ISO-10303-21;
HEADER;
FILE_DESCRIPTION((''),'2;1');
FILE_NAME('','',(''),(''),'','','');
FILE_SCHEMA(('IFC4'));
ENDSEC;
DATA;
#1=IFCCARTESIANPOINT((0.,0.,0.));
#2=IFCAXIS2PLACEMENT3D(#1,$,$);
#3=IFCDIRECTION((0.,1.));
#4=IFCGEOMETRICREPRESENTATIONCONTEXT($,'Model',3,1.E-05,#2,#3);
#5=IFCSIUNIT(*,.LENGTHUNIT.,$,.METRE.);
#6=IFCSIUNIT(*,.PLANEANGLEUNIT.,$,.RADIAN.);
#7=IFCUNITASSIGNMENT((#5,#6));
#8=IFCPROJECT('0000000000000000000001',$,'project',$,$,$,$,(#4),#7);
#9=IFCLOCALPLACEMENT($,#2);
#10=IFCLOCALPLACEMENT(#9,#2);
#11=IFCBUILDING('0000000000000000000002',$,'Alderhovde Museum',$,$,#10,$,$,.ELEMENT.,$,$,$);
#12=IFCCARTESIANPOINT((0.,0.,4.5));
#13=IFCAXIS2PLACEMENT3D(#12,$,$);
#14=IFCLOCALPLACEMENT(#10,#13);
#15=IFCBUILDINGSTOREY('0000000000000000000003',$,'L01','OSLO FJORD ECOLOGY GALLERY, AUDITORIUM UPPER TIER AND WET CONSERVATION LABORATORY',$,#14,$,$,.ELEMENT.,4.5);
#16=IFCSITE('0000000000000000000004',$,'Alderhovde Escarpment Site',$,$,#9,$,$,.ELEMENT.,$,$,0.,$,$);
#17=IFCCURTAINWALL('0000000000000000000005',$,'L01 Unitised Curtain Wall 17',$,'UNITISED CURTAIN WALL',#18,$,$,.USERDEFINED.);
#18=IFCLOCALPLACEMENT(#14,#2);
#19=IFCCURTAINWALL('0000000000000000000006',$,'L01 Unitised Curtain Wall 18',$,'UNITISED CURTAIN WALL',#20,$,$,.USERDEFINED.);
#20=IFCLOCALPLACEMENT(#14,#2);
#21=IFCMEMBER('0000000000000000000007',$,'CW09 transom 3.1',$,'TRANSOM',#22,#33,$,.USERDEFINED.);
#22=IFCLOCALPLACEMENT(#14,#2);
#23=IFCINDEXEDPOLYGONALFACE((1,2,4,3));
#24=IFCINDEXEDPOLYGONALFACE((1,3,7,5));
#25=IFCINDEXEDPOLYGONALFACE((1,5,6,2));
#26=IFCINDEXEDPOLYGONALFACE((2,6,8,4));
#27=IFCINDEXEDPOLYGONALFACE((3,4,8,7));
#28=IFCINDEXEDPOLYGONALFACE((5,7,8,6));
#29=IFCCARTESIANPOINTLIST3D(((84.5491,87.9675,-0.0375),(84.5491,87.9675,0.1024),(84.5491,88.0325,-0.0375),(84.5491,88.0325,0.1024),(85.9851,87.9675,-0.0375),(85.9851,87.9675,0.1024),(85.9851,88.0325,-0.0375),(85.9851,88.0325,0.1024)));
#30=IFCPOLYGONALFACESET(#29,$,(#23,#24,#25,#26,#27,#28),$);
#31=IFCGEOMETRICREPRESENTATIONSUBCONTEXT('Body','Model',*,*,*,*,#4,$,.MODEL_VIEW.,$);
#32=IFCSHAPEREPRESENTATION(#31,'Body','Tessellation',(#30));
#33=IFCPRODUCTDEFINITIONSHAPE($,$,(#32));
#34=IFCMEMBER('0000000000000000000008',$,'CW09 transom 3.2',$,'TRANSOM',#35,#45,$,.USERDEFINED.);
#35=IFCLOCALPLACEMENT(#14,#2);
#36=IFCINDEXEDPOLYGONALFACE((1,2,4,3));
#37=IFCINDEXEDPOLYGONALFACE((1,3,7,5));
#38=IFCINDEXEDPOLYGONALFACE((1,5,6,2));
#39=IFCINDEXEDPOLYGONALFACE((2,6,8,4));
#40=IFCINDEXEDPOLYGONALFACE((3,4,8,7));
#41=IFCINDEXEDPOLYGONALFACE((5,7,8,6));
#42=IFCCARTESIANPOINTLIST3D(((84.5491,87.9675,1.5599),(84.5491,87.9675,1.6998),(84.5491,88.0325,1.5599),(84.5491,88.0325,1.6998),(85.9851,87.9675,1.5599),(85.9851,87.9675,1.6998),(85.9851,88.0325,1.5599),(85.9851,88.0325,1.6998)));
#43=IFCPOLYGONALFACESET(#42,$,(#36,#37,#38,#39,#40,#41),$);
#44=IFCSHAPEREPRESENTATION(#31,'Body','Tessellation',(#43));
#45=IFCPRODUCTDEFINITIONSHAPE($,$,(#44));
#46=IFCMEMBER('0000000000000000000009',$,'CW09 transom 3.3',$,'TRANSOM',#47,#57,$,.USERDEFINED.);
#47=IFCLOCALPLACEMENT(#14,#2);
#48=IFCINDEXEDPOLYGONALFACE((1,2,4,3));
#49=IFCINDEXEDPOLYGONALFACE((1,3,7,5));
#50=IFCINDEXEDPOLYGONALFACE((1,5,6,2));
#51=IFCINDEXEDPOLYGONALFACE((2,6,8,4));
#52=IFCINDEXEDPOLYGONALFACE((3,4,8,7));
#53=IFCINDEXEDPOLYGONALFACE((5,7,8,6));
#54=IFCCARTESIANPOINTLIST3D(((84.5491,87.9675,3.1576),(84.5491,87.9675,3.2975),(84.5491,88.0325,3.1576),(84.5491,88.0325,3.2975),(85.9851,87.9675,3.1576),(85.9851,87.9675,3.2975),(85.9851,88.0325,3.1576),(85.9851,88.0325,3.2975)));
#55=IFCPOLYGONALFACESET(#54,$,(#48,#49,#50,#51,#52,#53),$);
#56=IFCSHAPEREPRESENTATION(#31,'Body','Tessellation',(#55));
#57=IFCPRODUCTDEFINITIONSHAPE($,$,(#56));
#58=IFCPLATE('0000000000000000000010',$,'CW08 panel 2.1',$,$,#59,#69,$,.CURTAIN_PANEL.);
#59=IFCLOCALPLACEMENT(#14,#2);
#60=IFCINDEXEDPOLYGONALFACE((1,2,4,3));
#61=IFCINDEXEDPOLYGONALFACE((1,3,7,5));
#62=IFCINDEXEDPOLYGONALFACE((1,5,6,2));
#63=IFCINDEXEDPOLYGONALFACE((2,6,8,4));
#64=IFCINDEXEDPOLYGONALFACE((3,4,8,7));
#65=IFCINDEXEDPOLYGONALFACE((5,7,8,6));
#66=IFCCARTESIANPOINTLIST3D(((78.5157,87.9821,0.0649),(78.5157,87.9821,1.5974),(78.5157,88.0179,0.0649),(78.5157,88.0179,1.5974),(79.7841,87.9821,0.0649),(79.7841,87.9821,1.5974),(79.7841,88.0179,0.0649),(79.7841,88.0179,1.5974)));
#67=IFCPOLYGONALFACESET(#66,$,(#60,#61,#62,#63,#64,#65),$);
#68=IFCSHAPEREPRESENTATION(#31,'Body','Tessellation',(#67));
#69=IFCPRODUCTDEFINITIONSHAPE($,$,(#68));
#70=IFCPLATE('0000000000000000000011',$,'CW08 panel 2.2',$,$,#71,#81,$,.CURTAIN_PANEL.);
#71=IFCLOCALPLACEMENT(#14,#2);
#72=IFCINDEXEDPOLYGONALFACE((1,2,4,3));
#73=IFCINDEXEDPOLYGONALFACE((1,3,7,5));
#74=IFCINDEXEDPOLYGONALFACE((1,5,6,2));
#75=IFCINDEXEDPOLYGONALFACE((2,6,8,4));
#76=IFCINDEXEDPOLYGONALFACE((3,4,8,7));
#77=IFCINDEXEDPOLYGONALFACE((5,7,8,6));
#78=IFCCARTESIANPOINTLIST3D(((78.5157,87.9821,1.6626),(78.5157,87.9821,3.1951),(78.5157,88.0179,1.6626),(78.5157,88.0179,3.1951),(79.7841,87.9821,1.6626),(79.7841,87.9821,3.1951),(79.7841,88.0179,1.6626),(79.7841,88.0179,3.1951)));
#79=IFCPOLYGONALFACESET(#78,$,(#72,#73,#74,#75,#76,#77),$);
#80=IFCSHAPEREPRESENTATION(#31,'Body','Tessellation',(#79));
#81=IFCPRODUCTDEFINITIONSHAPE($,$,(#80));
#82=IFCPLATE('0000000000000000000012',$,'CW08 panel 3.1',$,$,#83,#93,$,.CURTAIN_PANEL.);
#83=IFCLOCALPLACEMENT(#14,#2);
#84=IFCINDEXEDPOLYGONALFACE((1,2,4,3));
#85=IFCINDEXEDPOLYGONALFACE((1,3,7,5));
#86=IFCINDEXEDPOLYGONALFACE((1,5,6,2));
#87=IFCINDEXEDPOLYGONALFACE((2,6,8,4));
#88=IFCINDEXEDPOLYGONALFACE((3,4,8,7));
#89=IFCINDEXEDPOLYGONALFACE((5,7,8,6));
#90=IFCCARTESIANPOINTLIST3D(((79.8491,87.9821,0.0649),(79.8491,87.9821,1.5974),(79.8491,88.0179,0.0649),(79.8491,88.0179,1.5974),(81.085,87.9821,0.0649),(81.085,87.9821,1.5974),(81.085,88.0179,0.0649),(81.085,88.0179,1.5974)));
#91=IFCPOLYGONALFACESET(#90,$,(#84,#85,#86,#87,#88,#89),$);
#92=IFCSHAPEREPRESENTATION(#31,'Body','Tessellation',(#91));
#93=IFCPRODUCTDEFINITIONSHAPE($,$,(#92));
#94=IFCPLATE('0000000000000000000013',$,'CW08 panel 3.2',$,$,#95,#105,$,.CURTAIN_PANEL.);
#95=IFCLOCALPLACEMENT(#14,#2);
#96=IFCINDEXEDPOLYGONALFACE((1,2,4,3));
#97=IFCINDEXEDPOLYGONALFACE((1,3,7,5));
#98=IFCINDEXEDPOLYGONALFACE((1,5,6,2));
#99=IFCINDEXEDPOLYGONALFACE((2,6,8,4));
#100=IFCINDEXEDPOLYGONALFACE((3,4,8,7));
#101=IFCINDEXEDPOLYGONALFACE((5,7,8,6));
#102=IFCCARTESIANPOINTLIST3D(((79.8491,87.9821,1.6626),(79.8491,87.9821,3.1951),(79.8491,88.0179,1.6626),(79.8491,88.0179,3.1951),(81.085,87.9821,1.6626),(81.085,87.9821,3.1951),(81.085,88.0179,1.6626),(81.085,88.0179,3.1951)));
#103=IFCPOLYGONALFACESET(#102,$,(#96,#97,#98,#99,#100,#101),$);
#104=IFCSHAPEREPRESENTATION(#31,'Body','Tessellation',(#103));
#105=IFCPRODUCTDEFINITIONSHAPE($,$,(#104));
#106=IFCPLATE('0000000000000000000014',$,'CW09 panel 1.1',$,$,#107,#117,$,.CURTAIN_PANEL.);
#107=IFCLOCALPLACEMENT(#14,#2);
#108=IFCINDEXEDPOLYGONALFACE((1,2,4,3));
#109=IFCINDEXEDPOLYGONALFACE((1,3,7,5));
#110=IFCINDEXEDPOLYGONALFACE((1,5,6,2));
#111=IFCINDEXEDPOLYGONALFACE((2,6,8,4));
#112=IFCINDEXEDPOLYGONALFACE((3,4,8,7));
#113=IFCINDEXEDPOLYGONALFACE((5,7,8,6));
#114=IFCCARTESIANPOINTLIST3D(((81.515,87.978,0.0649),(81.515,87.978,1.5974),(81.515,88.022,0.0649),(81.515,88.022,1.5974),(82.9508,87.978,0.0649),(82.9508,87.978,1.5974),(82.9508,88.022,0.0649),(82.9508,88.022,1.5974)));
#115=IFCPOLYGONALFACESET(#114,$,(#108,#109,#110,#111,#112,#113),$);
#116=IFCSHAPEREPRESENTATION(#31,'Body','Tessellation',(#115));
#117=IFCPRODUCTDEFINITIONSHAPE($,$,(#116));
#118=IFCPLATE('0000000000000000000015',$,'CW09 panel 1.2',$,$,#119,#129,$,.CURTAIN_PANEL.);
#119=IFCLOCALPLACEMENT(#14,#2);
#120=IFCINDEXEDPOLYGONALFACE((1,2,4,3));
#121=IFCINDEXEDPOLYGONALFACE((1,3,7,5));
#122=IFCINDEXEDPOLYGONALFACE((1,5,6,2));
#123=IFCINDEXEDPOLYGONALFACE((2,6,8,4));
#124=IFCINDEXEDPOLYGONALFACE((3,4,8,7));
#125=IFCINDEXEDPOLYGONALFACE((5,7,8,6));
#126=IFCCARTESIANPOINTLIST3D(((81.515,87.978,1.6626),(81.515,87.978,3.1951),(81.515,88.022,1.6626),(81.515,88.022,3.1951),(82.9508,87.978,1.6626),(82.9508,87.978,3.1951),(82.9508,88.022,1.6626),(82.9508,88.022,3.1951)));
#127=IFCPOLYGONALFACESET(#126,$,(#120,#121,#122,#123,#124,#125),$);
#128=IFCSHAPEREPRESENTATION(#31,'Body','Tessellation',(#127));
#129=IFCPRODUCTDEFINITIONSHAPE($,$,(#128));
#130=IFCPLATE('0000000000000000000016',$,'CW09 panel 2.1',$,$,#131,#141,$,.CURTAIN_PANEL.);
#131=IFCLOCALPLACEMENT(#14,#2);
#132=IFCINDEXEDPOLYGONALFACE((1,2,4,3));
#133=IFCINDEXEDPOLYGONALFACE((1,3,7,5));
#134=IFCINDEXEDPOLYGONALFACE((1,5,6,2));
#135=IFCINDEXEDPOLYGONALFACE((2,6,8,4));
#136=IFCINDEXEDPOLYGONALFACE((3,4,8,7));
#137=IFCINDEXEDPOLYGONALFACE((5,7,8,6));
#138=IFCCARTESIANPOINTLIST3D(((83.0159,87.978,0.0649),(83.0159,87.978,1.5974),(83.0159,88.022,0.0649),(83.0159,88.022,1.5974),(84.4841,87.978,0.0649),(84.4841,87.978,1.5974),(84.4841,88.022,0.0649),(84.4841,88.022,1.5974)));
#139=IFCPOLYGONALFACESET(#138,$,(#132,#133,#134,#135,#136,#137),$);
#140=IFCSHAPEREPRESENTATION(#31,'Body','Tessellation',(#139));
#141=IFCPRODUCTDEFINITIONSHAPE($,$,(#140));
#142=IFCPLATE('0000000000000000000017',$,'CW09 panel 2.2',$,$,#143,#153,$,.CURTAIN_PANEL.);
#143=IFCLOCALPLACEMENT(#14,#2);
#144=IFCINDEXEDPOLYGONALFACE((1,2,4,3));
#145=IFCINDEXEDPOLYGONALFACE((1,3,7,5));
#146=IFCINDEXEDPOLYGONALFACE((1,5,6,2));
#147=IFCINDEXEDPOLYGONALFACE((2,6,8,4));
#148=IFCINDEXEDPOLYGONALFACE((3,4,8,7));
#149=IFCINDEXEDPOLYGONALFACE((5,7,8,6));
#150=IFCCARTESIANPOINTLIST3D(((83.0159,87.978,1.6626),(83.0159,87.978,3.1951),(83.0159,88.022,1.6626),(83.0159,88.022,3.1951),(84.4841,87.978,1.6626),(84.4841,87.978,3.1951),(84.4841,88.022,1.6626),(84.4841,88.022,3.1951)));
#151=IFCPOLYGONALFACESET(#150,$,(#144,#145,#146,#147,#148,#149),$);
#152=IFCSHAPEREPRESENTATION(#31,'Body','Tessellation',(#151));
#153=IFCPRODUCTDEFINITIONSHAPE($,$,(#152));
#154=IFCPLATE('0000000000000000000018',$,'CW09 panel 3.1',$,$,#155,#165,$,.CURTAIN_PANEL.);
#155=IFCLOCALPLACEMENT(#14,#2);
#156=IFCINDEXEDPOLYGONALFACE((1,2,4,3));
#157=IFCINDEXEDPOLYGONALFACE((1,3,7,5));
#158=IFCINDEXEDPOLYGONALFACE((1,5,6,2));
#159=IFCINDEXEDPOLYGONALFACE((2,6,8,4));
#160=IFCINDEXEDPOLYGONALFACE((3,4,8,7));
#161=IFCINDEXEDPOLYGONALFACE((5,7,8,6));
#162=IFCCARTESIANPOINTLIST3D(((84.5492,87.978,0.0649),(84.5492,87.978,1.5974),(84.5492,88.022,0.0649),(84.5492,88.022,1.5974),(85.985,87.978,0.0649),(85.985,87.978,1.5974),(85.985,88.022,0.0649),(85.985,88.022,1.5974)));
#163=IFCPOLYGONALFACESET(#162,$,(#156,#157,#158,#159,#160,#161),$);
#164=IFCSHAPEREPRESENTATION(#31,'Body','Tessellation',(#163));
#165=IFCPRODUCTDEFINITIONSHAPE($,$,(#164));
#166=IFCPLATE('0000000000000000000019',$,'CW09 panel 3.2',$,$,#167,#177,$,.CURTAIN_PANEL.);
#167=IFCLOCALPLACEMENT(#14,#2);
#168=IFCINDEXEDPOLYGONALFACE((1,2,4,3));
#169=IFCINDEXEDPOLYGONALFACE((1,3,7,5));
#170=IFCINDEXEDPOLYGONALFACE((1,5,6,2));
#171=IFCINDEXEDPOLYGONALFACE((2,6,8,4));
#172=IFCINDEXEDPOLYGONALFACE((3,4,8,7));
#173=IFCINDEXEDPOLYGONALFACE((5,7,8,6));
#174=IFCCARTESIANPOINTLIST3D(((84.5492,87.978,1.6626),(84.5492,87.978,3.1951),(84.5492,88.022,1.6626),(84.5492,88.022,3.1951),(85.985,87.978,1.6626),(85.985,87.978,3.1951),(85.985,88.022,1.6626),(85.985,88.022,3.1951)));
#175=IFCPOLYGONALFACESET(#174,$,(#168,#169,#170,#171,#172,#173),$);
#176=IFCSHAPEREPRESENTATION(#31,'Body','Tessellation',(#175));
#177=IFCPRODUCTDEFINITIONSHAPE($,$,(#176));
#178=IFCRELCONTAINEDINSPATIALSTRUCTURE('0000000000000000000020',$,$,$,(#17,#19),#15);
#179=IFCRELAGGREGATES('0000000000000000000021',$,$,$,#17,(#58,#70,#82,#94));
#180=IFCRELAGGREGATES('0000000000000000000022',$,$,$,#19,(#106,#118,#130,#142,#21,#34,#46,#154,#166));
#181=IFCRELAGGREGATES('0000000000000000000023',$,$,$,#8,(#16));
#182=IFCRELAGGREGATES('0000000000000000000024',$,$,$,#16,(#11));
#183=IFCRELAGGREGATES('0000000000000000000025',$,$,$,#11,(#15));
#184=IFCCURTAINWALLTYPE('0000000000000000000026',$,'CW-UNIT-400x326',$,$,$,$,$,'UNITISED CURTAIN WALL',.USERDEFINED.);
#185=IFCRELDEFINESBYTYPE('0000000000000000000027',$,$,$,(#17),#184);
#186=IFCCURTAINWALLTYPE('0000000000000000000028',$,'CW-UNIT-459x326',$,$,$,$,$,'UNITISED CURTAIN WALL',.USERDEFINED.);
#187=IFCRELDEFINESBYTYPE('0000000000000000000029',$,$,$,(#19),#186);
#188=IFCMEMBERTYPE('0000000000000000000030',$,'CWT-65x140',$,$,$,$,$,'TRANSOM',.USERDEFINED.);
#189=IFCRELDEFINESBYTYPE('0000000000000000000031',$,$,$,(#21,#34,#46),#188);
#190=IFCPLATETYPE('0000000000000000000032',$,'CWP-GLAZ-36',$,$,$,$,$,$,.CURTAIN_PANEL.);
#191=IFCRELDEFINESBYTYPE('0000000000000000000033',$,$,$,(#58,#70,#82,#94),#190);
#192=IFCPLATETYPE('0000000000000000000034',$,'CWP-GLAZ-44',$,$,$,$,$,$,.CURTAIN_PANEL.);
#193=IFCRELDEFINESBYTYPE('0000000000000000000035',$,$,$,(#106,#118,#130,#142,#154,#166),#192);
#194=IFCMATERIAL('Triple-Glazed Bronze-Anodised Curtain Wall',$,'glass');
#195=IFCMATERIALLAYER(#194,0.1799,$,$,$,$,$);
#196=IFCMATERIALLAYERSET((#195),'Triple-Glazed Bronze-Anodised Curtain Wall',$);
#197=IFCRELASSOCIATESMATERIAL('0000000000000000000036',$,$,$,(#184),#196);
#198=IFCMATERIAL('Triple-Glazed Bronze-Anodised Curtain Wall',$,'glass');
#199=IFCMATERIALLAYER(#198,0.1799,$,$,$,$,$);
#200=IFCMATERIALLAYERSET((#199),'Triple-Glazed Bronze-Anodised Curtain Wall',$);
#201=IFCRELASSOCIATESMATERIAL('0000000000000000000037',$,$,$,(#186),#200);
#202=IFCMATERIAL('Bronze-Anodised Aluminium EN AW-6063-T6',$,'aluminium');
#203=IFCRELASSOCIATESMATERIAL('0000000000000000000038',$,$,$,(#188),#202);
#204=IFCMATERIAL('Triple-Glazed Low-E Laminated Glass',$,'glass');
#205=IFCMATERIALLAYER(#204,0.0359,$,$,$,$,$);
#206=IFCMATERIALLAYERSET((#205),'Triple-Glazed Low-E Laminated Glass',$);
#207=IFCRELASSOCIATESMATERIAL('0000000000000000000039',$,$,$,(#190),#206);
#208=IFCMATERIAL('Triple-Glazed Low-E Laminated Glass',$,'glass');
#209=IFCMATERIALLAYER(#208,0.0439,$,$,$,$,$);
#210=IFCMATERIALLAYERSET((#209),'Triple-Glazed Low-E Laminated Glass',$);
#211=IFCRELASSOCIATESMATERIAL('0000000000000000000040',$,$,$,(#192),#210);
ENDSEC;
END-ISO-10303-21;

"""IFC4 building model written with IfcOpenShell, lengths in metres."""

from ifc_helpers import new_model, si_unit, direction, frame, origin, origin_2d, place, context, subcontext, project, spatial, rectangle, extrude, material, layer, layer_set, material_profile, profile_set, type_object, element, aggregate, save


model = new_model("IFC4")

# Units and contexts
model_context = context("Model", 3, precision=1e-05, world=origin(), true_north=direction((0.0, 1.0)))
body_context = subcontext(model_context, "Body", "Model", "MODEL_VIEW")
ifc_project = project(units=[si_unit("LENGTHUNIT", "METRE"), si_unit("PLANEANGLEUNIT", "RADIAN")], contexts=[model_context])

# Site, building, storey
site_placement = place(None, origin())
site = spatial("IfcSite", under=ifc_project, at=site_placement, Name="Alderhovde Escarpment Site", CompositionType="ELEMENT", RefElevation=0.0)
building_placement = place(site_placement, origin())
building = spatial("IfcBuilding", under=site, at=building_placement, Name="Alderhovde Museum", CompositionType="ELEMENT")
storey_placement = place(building_placement, frame((0.0, 0.0, 4.5)))
storey = spatial("IfcBuildingStorey", under=building, at=storey_placement, Name="L01", Description="OSLO FJORD ECOLOGY GALLERY, AUDITORIUM UPPER TIER AND WET CONSERVATION LABORATORY", CompositionType="ELEMENT", Elevation=4.5)

# Curtain walls
ifc_material_1 = material(Name="Triple-Glazed Bronze-Anodised Curtain Wall", Category="glass")
ifc_layer_1 = layer(ifc_material_1, 0.1799)
ifc_layer_set_1 = layer_set([ifc_layer_1], Name="Triple-Glazed Bronze-Anodised Curtain Wall")
curtain_wall_type_1 = type_object("IfcCurtainWallType", Name="CW-UNIT-400x326", ElementType="UNITISED CURTAIN WALL", PredefinedType="USERDEFINED", material=ifc_layer_set_1)
curtain_wall_1_placement = place(storey_placement, origin())
curtain_wall_1 = element("IfcCurtainWall", 1, at=curtain_wall_1_placement, inside=storey, type_object=curtain_wall_type_1, Name="L01 Unitised Curtain Wall 17", ObjectType="UNITISED CURTAIN WALL", PredefinedType="USERDEFINED")
ifc_material_2 = material(Name="Triple-Glazed Bronze-Anodised Curtain Wall", Category="glass")
ifc_layer_2 = layer(ifc_material_2, 0.1799)
ifc_layer_set_2 = layer_set([ifc_layer_2], Name="Triple-Glazed Bronze-Anodised Curtain Wall")
curtain_wall_type_2 = type_object("IfcCurtainWallType", Name="CW-UNIT-459x326", ElementType="UNITISED CURTAIN WALL", PredefinedType="USERDEFINED", material=ifc_layer_set_2)
curtain_wall_2_placement = place(storey_placement, origin())
curtain_wall_2 = element("IfcCurtainWall", 2, at=curtain_wall_2_placement, inside=storey, type_object=curtain_wall_type_2, Name="L01 Unitised Curtain Wall 18", ObjectType="UNITISED CURTAIN WALL", PredefinedType="USERDEFINED")

# Members
ifc_material_3 = material(Name="Bronze-Anodised Aluminium EN AW-6063-T6", Category="aluminium")
ifc_material_profile_1 = material_profile(ifc_material_3, rectangle(XDim=0.0649, YDim=0.1399, at=origin_2d()), Name="TRANSOM 65x140")
ifc_profile_set_1 = profile_set([ifc_material_profile_1], Name="Bronze-Anodised Aluminium EN AW-6063-T6")
member_type_1 = type_object("IfcMemberType", Name="CWT-65x140", ElementType="TRANSOM", PredefinedType="USERDEFINED", material=ifc_profile_set_1)
member_1_placement = place(storey_placement, frame((84.5491, 88.0, 0.0325), z_axis=(1.0, 0.0, 0.0), x_axis=(0.0, 1.0, 0.0)))
member_1 = element("IfcMember", 3, at=member_1_placement, type_object=member_type_1, Name="CW09 transom 3.1", ObjectType="TRANSOM", PredefinedType="USERDEFINED", context=body_context, shape_type="SweptSolid", body=[
    extrude(rectangle(XDim=0.0649, YDim=0.1399, at=origin_2d()), origin(), (0.0, 0.0, 1.0), 1.436),
])
member_2_placement = place(storey_placement, frame((84.5491, 88.0, 1.6299), z_axis=(1.0, 0.0, 0.0), x_axis=(0.0, 1.0, 0.0)))
member_2 = element("IfcMember", 4, at=member_2_placement, type_object=member_type_1, Name="CW09 transom 3.2", ObjectType="TRANSOM", PredefinedType="USERDEFINED", context=body_context, shape_type="SweptSolid", body=[
    extrude(rectangle(XDim=0.0649, YDim=0.1399, at=origin_2d()), origin(), (0.0, 0.0, 1.0), 1.436),
])
member_3_placement = place(storey_placement, frame((84.5491, 88.0, 3.2275), z_axis=(1.0, 0.0, 0.0), x_axis=(0.0, 1.0, 0.0)))
member_3 = element("IfcMember", 5, at=member_3_placement, type_object=member_type_1, Name="CW09 transom 3.3", ObjectType="TRANSOM", PredefinedType="USERDEFINED", context=body_context, shape_type="SweptSolid", body=[
    extrude(rectangle(XDim=0.0649, YDim=0.1399, at=origin_2d()), origin(), (0.0, 0.0, 1.0), 1.436),
])

# Plates
ifc_material_4 = material(Name="Triple-Glazed Low-E Laminated Glass", Category="glass")
ifc_layer_3 = layer(ifc_material_4, 0.0359)
ifc_layer_set_3 = layer_set([ifc_layer_3], Name="Triple-Glazed Low-E Laminated Glass")
plate_type_1 = type_object("IfcPlateType", Name="CWP-GLAZ-36", PredefinedType="CURTAIN_PANEL", material=ifc_layer_set_3)
plate_1_placement = place(storey_placement, frame((79.1499, 88.0, 0.0649), z_axis=(0.0, 0.0, 1.0), x_axis=(1.0, 0.0, 0.0)))
plate_1 = element("IfcPlate", 6, at=plate_1_placement, type_object=plate_type_1, Name="CW08 panel 2.1", PredefinedType="CURTAIN_PANEL", context=body_context, shape_type="SweptSolid", body=[
    extrude(rectangle(XDim=1.2683, YDim=0.0359, at=origin_2d()), origin(), (0.0, 0.0, 1.0), 1.5325),
])
plate_2_placement = place(storey_placement, frame((79.1499, 88.0, 1.6626), z_axis=(0.0, 0.0, 1.0), x_axis=(1.0, 0.0, 0.0)))
plate_2 = element("IfcPlate", 7, at=plate_2_placement, type_object=plate_type_1, Name="CW08 panel 2.2", PredefinedType="CURTAIN_PANEL", context=body_context, shape_type="SweptSolid", body=[
    extrude(rectangle(XDim=1.2683, YDim=0.0359, at=origin_2d()), origin(), (0.0, 0.0, 1.0), 1.5325),
])
plate_3_placement = place(storey_placement, frame((80.467, 88.0, 0.0649), z_axis=(0.0, 0.0, 1.0), x_axis=(1.0, 0.0, 0.0)))
plate_3 = element("IfcPlate", 8, at=plate_3_placement, type_object=plate_type_1, Name="CW08 panel 3.1", PredefinedType="CURTAIN_PANEL", context=body_context, shape_type="SweptSolid", body=[
    extrude(rectangle(XDim=1.2358, YDim=0.0359, at=origin_2d()), origin(), (0.0, 0.0, 1.0), 1.5325),
])
plate_4_placement = place(storey_placement, frame((80.467, 88.0, 1.6626), z_axis=(0.0, 0.0, 1.0), x_axis=(1.0, 0.0, 0.0)))
plate_4 = element("IfcPlate", 9, at=plate_4_placement, type_object=plate_type_1, Name="CW08 panel 3.2", PredefinedType="CURTAIN_PANEL", context=body_context, shape_type="SweptSolid", body=[
    extrude(rectangle(XDim=1.2358, YDim=0.0359, at=origin_2d()), origin(), (0.0, 0.0, 1.0), 1.5325),
])
aggregate(curtain_wall_1, [plate_1, plate_2, plate_3, plate_4])
ifc_material_5 = material(Name="Triple-Glazed Low-E Laminated Glass", Category="glass")
ifc_layer_4 = layer(ifc_material_5, 0.0439)
ifc_layer_set_4 = layer_set([ifc_layer_4], Name="Triple-Glazed Low-E Laminated Glass")
plate_type_2 = type_object("IfcPlateType", Name="CWP-GLAZ-44", PredefinedType="CURTAIN_PANEL", material=ifc_layer_set_4)
plate_5_placement = place(storey_placement, frame((82.2329, 88.0, 0.0649), z_axis=(0.0, 0.0, 1.0), x_axis=(1.0, 0.0, 0.0)))
plate_5 = element("IfcPlate", 10, at=plate_5_placement, type_object=plate_type_2, Name="CW09 panel 1.1", PredefinedType="CURTAIN_PANEL", context=body_context, shape_type="SweptSolid", body=[
    extrude(rectangle(XDim=1.4358, YDim=0.0439, at=origin_2d()), origin(), (0.0, 0.0, 1.0), 1.5325),
])
plate_6_placement = place(storey_placement, frame((82.2329, 88.0, 1.6626), z_axis=(0.0, 0.0, 1.0), x_axis=(1.0, 0.0, 0.0)))
plate_6 = element("IfcPlate", 11, at=plate_6_placement, type_object=plate_type_2, Name="CW09 panel 1.2", PredefinedType="CURTAIN_PANEL", context=body_context, shape_type="SweptSolid", body=[
    extrude(rectangle(XDim=1.4358, YDim=0.0439, at=origin_2d()), origin(), (0.0, 0.0, 1.0), 1.5325),
])
plate_7_placement = place(storey_placement, frame((83.75, 88.0, 0.0649), z_axis=(0.0, 0.0, 1.0), x_axis=(1.0, 0.0, 0.0)))
plate_7 = element("IfcPlate", 12, at=plate_7_placement, type_object=plate_type_2, Name="CW09 panel 2.1", PredefinedType="CURTAIN_PANEL", context=body_context, shape_type="SweptSolid", body=[
    extrude(rectangle(XDim=1.4683, YDim=0.0439, at=origin_2d()), origin(), (0.0, 0.0, 1.0), 1.5325),
])
plate_8_placement = place(storey_placement, frame((83.75, 88.0, 1.6626), z_axis=(0.0, 0.0, 1.0), x_axis=(1.0, 0.0, 0.0)))
plate_8 = element("IfcPlate", 13, at=plate_8_placement, type_object=plate_type_2, Name="CW09 panel 2.2", PredefinedType="CURTAIN_PANEL", context=body_context, shape_type="SweptSolid", body=[
    extrude(rectangle(XDim=1.4683, YDim=0.0439, at=origin_2d()), origin(), (0.0, 0.0, 1.0), 1.5325),
])
plate_9_placement = place(storey_placement, frame((85.2671, 88.0, 0.0649), z_axis=(0.0, 0.0, 1.0), x_axis=(1.0, 0.0, 0.0)))
plate_9 = element("IfcPlate", 14, at=plate_9_placement, type_object=plate_type_2, Name="CW09 panel 3.1", PredefinedType="CURTAIN_PANEL", context=body_context, shape_type="SweptSolid", body=[
    extrude(rectangle(XDim=1.4358, YDim=0.0439, at=origin_2d()), origin(), (0.0, 0.0, 1.0), 1.5325),
])
plate_10_placement = place(storey_placement, frame((85.2671, 88.0, 1.6626), z_axis=(0.0, 0.0, 1.0), x_axis=(1.0, 0.0, 0.0)))
plate_10 = element("IfcPlate", 15, at=plate_10_placement, type_object=plate_type_2, Name="CW09 panel 3.2", PredefinedType="CURTAIN_PANEL", context=body_context, shape_type="SweptSolid", body=[
    extrude(rectangle(XDim=1.4358, YDim=0.0439, at=origin_2d()), origin(), (0.0, 0.0, 1.0), 1.5325),
])
aggregate(curtain_wall_2, [plate_5, plate_6, plate_7, plate_8, member_1, member_2, member_3, plate_9, plate_10])

save(model, "model.ifc")
